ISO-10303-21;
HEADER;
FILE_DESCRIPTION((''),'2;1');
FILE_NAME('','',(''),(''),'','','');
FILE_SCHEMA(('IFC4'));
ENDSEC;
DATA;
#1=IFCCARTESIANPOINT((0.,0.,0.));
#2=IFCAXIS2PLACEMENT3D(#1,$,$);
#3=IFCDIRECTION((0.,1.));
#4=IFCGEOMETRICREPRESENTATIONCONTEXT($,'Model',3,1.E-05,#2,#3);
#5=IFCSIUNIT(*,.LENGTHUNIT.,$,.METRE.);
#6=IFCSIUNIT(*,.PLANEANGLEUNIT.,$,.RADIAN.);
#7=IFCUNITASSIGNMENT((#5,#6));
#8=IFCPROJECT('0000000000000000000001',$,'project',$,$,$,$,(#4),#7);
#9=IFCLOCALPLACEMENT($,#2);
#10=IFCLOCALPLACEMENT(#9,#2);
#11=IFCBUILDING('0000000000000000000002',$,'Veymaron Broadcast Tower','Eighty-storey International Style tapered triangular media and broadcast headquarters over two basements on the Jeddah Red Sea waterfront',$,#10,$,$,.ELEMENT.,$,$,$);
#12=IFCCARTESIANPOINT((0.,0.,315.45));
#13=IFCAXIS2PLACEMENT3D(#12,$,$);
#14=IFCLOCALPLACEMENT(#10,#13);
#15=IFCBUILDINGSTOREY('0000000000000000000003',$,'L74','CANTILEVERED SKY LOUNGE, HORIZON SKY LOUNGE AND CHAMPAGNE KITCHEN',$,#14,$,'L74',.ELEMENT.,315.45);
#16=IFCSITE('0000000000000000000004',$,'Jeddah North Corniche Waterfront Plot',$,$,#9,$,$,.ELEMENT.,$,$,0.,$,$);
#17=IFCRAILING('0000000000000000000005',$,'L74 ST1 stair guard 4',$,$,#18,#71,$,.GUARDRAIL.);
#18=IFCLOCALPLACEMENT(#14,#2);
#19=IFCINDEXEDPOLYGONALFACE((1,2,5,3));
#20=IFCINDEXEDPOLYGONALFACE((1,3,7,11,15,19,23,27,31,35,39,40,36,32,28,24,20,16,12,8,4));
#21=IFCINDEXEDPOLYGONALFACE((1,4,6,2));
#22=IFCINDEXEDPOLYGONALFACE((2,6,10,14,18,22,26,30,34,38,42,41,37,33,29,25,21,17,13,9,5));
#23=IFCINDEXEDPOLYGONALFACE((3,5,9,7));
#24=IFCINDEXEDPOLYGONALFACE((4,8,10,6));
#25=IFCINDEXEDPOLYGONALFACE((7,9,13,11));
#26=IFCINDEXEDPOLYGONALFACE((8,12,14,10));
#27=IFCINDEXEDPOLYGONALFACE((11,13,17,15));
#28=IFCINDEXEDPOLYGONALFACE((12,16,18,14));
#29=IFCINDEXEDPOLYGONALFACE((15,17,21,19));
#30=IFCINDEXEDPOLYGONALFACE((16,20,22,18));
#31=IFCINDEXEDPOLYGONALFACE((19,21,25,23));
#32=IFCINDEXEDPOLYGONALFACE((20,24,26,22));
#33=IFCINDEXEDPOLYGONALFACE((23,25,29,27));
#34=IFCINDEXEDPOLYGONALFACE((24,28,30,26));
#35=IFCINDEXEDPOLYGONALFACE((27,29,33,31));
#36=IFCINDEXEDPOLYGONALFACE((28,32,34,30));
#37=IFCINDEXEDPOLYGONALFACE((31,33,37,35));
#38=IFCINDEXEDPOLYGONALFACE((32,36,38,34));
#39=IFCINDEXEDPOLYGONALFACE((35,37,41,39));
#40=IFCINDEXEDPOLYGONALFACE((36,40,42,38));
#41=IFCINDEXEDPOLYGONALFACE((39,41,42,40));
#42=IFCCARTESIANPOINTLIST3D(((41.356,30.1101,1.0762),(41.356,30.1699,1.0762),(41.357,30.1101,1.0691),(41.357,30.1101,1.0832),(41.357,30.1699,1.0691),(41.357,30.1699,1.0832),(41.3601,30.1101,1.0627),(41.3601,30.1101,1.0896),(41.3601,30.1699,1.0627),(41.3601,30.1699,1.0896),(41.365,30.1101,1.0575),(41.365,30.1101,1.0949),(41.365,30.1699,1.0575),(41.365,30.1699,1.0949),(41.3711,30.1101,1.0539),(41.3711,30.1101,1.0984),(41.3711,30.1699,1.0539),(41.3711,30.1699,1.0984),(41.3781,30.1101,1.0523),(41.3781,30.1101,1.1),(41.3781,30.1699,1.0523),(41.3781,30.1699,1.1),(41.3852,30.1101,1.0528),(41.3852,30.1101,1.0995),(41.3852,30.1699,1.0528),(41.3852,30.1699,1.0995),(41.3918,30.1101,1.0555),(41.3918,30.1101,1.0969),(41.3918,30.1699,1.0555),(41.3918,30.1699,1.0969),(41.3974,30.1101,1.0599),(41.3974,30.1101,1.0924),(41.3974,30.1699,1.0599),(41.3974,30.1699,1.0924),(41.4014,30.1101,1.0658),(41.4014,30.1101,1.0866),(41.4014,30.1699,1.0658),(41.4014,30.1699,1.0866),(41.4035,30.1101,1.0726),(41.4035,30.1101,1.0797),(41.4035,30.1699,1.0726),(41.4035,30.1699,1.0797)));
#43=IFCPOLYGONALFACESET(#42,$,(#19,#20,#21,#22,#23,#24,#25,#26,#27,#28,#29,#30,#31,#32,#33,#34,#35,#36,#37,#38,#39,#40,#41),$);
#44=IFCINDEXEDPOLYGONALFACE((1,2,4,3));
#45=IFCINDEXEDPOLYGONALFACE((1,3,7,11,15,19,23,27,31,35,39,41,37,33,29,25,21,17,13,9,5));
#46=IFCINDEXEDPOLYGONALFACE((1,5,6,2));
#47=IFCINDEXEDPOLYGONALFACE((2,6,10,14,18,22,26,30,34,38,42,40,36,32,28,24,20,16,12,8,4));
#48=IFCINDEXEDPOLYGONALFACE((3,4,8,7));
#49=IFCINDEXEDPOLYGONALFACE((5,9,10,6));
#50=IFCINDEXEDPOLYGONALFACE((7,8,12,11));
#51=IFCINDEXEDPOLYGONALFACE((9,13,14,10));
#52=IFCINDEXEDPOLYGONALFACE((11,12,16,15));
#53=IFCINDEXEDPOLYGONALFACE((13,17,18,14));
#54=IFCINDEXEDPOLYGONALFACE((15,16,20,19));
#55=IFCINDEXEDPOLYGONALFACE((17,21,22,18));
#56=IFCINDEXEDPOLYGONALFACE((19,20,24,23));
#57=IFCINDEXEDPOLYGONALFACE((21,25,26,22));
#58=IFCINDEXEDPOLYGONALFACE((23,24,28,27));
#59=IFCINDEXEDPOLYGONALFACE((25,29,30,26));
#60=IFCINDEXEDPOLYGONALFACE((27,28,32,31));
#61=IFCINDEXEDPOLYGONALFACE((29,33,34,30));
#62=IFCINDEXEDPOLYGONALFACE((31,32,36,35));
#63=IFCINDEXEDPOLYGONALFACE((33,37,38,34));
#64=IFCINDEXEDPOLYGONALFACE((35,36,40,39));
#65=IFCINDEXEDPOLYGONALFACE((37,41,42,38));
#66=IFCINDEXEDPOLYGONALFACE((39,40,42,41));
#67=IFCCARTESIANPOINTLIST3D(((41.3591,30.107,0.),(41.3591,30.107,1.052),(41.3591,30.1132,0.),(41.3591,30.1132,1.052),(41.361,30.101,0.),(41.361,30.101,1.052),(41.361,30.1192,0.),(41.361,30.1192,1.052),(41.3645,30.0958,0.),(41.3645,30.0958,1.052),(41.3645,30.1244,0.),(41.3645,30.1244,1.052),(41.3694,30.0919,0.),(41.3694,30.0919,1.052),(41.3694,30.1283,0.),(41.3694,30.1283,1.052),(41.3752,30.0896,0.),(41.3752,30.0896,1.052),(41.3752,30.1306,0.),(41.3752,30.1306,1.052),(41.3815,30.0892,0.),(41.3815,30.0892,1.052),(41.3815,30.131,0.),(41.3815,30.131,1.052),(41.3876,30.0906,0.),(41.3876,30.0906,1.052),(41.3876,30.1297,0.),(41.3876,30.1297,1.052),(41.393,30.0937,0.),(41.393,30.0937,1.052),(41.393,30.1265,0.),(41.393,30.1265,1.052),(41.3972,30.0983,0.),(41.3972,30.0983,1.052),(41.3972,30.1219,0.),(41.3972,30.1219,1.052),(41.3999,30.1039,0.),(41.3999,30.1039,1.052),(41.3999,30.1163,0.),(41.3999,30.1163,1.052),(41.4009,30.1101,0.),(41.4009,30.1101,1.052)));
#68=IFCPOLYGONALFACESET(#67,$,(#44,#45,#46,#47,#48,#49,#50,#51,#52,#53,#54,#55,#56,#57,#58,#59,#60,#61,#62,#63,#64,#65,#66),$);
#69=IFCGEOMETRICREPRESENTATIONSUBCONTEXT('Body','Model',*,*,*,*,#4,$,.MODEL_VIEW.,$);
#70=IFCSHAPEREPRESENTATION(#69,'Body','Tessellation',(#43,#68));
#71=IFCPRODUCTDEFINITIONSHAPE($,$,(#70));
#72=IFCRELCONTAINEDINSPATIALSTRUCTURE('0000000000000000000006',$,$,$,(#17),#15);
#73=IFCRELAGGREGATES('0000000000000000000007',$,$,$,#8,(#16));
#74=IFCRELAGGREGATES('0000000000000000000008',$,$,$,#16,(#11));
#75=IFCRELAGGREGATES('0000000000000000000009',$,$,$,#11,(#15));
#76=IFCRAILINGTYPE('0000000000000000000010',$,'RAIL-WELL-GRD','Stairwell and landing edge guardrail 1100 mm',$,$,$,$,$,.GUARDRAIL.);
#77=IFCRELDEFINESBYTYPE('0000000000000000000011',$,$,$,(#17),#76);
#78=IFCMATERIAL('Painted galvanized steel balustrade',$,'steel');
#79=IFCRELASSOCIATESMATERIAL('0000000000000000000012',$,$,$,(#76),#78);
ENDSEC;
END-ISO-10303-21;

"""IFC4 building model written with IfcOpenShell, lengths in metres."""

from ifc_helpers import new_model, si_unit, direction, frame, origin, origin_2d, place, context, subcontext, project, spatial, circle, extrude, material, type_object, element, save


model = new_model("IFC4")

# Units and contexts
model_context = context("Model", 3, precision=1e-05, world=origin(), true_north=direction((0.0, 1.0)))
body_context = subcontext(model_context, "Body", "Model", "MODEL_VIEW")
ifc_project = project(units=[si_unit("LENGTHUNIT", "METRE"), si_unit("PLANEANGLEUNIT", "RADIAN")], contexts=[model_context])

# Site, building, storey
site_placement = place(None, origin())
site = spatial("IfcSite", under=ifc_project, at=site_placement, Name="Jeddah North Corniche Waterfront Plot", CompositionType="ELEMENT", RefElevation=0.0)
building_placement = place(site_placement, origin())
building = spatial("IfcBuilding", under=site, at=building_placement, Name="Veymaron Broadcast Tower", Description="Eighty-storey International Style tapered triangular media and broadcast headquarters over two basements on the Jeddah Red Sea waterfront", CompositionType="ELEMENT")
storey_placement = place(building_placement, frame((0.0, 0.0, 315.45)))
storey = spatial("IfcBuildingStorey", under=building, at=storey_placement, Name="L74", Description="CANTILEVERED SKY LOUNGE, HORIZON SKY LOUNGE AND CHAMPAGNE KITCHEN", LongName="L74", CompositionType="ELEMENT", Elevation=315.45)

# Railing
ifc_material_1 = material(Name="Painted galvanized steel balustrade", Category="steel")
railing_type_1 = type_object("IfcRailingType", Name="RAIL-WELL-GRD", Description="Stairwell and landing edge guardrail 1100 mm", PredefinedType="GUARDRAIL", material=ifc_material_1)
railing_1_placement = place(storey_placement, frame((41.3799, 30.1101, 0.0)))
element("IfcRailing", 1, at=railing_1_placement, inside=storey, type_object=railing_type_1, Name="L74 ST1 stair guard 4", PredefinedType="GUARDRAIL", context=body_context, shape_type="SweptSolid", body=[
    extrude(circle(Radius=0.0239, at=origin_2d()), frame((0.0, 0.0, 1.0762), z_axis=(0.0, 1.0, 0.0), x_axis=(-1.0, 0.0, 0.0)), (0.0, 0.0, 1.0), 0.0598),
    extrude(circle(Radius=0.021, at=origin_2d()), origin(), (0.0, 0.0, 1.0), 1.052),
])

save(model, "model.ifc")
